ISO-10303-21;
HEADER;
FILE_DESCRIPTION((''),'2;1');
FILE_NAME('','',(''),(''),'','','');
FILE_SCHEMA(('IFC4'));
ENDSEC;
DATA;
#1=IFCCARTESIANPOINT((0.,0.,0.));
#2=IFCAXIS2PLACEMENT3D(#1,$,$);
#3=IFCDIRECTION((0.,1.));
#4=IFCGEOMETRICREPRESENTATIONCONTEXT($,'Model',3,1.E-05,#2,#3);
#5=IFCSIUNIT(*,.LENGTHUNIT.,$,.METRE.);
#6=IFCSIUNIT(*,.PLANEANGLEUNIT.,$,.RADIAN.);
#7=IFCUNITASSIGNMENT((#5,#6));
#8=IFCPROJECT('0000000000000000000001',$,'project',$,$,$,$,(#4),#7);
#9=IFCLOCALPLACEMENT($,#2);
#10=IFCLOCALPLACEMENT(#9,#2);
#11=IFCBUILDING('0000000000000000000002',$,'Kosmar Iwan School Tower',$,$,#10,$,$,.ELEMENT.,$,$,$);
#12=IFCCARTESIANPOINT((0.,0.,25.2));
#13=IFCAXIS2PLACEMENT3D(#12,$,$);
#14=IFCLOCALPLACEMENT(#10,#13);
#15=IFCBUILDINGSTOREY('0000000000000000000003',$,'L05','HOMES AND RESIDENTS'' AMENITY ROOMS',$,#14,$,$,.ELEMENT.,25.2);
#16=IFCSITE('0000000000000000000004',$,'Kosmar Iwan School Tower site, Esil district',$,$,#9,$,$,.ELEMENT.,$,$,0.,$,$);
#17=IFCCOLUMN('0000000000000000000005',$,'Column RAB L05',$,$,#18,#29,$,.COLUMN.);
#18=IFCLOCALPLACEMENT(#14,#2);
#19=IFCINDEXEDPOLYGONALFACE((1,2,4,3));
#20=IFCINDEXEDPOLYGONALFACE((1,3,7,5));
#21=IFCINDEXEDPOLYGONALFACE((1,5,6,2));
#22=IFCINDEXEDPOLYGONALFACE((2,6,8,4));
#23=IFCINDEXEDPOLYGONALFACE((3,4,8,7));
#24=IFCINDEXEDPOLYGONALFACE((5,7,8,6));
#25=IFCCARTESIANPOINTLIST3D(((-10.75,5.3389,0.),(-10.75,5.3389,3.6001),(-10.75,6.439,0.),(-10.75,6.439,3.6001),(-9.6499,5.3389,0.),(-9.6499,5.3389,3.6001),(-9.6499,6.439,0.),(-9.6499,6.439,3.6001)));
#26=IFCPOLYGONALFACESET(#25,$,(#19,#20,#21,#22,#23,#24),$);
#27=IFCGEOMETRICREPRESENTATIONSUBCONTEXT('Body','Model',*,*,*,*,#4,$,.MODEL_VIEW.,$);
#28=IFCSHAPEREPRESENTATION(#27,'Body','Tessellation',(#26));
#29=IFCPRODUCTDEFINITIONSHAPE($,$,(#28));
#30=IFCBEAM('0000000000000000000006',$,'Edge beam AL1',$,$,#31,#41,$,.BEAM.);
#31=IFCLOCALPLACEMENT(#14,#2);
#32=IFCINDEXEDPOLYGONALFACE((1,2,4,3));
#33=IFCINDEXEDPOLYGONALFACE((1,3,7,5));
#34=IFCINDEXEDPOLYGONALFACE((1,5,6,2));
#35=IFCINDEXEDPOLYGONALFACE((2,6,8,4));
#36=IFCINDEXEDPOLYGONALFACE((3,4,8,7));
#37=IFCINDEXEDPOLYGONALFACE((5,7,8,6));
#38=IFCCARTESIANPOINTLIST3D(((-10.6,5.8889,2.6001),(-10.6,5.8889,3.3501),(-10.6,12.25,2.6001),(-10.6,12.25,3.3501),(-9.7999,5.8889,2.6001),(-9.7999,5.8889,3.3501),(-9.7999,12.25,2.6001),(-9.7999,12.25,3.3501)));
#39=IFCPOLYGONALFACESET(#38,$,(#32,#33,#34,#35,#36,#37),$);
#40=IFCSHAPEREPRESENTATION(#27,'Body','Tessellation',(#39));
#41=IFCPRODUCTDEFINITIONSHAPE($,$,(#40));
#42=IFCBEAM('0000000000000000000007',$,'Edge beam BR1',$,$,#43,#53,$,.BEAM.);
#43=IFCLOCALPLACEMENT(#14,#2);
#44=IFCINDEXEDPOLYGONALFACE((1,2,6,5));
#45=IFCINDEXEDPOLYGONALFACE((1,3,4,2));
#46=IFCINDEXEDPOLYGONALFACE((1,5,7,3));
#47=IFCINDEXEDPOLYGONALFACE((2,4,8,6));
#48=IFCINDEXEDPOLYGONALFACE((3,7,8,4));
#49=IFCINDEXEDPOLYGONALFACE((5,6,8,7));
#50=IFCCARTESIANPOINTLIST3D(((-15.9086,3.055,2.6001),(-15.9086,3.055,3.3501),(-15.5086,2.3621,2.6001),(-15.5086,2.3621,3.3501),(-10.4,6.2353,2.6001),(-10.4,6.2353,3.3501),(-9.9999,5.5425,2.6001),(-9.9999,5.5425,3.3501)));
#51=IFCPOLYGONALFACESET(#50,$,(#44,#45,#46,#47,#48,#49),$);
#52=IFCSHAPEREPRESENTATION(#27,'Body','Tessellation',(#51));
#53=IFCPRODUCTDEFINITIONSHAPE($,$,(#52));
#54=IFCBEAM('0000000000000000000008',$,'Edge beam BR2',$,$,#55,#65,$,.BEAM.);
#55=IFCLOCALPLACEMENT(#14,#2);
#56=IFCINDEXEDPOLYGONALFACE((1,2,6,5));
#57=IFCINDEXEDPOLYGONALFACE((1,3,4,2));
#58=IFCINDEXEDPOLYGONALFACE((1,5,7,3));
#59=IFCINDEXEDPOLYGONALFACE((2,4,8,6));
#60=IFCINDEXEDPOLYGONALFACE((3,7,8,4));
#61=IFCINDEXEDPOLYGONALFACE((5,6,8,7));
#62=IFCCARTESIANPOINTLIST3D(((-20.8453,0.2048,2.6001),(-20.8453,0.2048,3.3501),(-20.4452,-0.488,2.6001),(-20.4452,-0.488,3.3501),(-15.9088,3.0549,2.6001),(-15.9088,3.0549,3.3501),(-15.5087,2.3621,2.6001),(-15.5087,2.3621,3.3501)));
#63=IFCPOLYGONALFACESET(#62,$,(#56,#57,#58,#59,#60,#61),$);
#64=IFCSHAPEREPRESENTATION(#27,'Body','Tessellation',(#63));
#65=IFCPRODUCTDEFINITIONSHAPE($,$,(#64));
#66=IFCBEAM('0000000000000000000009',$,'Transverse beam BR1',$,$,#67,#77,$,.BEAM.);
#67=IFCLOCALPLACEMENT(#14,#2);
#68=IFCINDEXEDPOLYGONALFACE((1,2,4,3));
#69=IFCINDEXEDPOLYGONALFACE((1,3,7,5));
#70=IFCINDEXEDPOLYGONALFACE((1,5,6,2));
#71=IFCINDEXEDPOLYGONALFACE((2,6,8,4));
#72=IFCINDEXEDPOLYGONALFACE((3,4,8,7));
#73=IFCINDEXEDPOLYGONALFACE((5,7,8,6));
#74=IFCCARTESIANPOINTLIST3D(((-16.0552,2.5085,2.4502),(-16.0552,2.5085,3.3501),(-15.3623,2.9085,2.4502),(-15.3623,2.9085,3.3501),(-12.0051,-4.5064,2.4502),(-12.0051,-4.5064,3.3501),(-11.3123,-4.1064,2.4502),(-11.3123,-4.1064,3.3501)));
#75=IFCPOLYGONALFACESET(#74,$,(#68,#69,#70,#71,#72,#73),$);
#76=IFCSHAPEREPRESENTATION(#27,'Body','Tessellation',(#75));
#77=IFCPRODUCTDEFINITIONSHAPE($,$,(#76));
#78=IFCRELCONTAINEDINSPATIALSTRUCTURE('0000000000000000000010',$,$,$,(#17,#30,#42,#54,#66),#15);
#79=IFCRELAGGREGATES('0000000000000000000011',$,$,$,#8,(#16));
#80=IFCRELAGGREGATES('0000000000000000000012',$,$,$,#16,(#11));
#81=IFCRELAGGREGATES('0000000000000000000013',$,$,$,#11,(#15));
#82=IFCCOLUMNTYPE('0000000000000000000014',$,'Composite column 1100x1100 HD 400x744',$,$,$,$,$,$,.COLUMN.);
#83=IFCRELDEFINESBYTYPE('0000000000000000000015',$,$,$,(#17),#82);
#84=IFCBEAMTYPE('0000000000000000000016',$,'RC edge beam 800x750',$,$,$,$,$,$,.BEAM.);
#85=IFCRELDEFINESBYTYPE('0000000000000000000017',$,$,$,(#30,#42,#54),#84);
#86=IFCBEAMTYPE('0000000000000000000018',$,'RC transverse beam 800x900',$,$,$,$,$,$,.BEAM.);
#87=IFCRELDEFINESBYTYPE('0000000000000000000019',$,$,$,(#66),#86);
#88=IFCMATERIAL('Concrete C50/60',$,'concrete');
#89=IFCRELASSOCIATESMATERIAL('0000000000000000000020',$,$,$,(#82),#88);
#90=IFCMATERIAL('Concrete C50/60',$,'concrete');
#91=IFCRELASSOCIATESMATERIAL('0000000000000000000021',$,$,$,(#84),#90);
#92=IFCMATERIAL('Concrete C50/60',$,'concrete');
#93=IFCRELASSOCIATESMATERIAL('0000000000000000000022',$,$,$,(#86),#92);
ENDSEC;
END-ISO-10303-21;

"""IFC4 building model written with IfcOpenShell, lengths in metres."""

from ifc_helpers import new_model, si_unit, direction, frame, origin, origin_2d, place, context, subcontext, project, spatial, rectangle, extrude, material, material_profile, profile_set, type_object, element, save


model = new_model("IFC4")

# Units and contexts
model_context = context("Model", 3, precision=1e-05, world=origin(), true_north=direction((0.0, 1.0)))
body_context = subcontext(model_context, "Body", "Model", "MODEL_VIEW")
ifc_project = project(units=[si_unit("LENGTHUNIT", "METRE"), si_unit("PLANEANGLEUNIT", "RADIAN")], contexts=[model_context])

# Site, building, storey
site_placement = place(None, origin())
site = spatial("IfcSite", under=ifc_project, at=site_placement, Name="Kosmar Iwan School Tower site, Esil district", CompositionType="ELEMENT", RefElevation=0.0)
building_placement = place(site_placement, origin())
building = spatial("IfcBuilding", under=site, at=building_placement, Name="Kosmar Iwan School Tower", CompositionType="ELEMENT")
storey_placement = place(building_placement, frame((0.0, 0.0, 25.2)))
storey = spatial("IfcBuildingStorey", under=building, at=storey_placement, Name="L05", Description="HOMES AND RESIDENTS' AMENITY ROOMS", CompositionType="ELEMENT", Elevation=25.2)

# Column
ifc_material_1 = material(Name="Concrete C50/60", Category="concrete")
ifc_material_profile_1 = material_profile(ifc_material_1, rectangle(XDim=1.1001, YDim=1.1001, at=origin_2d()), Name="RC 1100x1100 + HD 400x744")
ifc_profile_set_1 = profile_set([ifc_material_profile_1], Name="Concrete C50/60")
column_type = type_object("IfcColumnType", Name="Composite column 1100x1100 HD 400x744", PredefinedType="COLUMN", material=ifc_profile_set_1)
column_placement = place(storey_placement, frame((-10.2, 5.8889, 0.0), z_axis=(0.0, 0.0, 1.0), x_axis=(1.0, 0.0, 0.0)))
element("IfcColumn", 1, at=column_placement, inside=storey, type_object=column_type, Name="Column RAB L05", PredefinedType="COLUMN", context=body_context, shape_type="SweptSolid", body=[
    extrude(rectangle(XDim=1.1001, YDim=1.1001, at=origin_2d()), origin(), (0.0, 0.0, 1.0), 3.6001),
])

# Beams
ifc_material_2 = material(Name="Concrete C50/60", Category="concrete")
ifc_material_profile_2 = material_profile(ifc_material_2, rectangle(XDim=0.8, YDim=0.75, at=origin_2d()), Name="RC 800x750")
ifc_profile_set_2 = profile_set([ifc_material_profile_2], Name="Concrete C50/60")
beam_type_1 = type_object("IfcBeamType", Name="RC edge beam 800x750", PredefinedType="BEAM", material=ifc_profile_set_2)
beam_1_placement = place(storey_placement, frame((-10.2, 5.8889, 2.9751), z_axis=(0.0, 1.0, 0.0), x_axis=(-1.0, 0.0, 0.0)))
element("IfcBeam", 2, at=beam_1_placement, inside=storey, type_object=beam_type_1, Name="Edge beam AL1", PredefinedType="BEAM", context=body_context, shape_type="SweptSolid", body=[
    extrude(rectangle(XDim=0.8, YDim=0.75, at=origin_2d()), origin(), (0.0, 0.0, 1.0), 6.3611),
])
beam_2_placement = place(storey_placement, frame((-10.2, 5.8889, 2.9751), z_axis=(-0.866031, -0.49999, 0.0), x_axis=(0.49999, -0.866031, 0.0)))
element("IfcBeam", 3, at=beam_2_placement, inside=storey, type_object=beam_type_1, Name="Edge beam BR1", PredefinedType="BEAM", context=body_context, shape_type="SweptSolid", body=[
    extrude(rectangle(XDim=0.8, YDim=0.75, at=origin_2d()), origin(), (0.0, 0.0, 1.0), 6.3608),
])
beam_3_placement = place(storey_placement, frame((-15.7087, 2.7085, 2.9751), z_axis=(-0.866026, -0.499999, 0.0), x_axis=(0.499999, -0.866026, 0.0)))
element("IfcBeam", 4, at=beam_3_placement, inside=storey, type_object=beam_type_1, Name="Edge beam BR2", PredefinedType="BEAM", context=body_context, shape_type="SweptSolid", body=[
    extrude(rectangle(XDim=0.8, YDim=0.75, at=origin_2d()), origin(), (0.0, 0.0, 1.0), 5.7002),
])
ifc_material_3 = material(Name="Concrete C50/60", Category="concrete")
ifc_material_profile_3 = material_profile(ifc_material_3, rectangle(XDim=0.8, YDim=0.8999, at=origin_2d()), Name="RC 800x900")
ifc_profile_set_3 = profile_set([ifc_material_profile_3], Name="Concrete C50/60")
beam_type_2 = type_object("IfcBeamType", Name="RC transverse beam 800x900", PredefinedType="BEAM", material=ifc_profile_set_3)
beam_4_placement = place(storey_placement, frame((-15.7087, 2.7085, 2.9001), z_axis=(0.5, -0.866025, 0.0), x_axis=(0.866025, 0.5, 0.0)))
element("IfcBeam", 5, at=beam_4_placement, inside=storey, type_object=beam_type_2, Name="Transverse beam BR1", PredefinedType="BEAM", context=body_context, shape_type="SweptSolid", body=[
    extrude(rectangle(XDim=0.8, YDim=0.8999, at=origin_2d()), origin(), (0.0, 0.0, 1.0), 8.1001),
])

save(model, "model.ifc")
